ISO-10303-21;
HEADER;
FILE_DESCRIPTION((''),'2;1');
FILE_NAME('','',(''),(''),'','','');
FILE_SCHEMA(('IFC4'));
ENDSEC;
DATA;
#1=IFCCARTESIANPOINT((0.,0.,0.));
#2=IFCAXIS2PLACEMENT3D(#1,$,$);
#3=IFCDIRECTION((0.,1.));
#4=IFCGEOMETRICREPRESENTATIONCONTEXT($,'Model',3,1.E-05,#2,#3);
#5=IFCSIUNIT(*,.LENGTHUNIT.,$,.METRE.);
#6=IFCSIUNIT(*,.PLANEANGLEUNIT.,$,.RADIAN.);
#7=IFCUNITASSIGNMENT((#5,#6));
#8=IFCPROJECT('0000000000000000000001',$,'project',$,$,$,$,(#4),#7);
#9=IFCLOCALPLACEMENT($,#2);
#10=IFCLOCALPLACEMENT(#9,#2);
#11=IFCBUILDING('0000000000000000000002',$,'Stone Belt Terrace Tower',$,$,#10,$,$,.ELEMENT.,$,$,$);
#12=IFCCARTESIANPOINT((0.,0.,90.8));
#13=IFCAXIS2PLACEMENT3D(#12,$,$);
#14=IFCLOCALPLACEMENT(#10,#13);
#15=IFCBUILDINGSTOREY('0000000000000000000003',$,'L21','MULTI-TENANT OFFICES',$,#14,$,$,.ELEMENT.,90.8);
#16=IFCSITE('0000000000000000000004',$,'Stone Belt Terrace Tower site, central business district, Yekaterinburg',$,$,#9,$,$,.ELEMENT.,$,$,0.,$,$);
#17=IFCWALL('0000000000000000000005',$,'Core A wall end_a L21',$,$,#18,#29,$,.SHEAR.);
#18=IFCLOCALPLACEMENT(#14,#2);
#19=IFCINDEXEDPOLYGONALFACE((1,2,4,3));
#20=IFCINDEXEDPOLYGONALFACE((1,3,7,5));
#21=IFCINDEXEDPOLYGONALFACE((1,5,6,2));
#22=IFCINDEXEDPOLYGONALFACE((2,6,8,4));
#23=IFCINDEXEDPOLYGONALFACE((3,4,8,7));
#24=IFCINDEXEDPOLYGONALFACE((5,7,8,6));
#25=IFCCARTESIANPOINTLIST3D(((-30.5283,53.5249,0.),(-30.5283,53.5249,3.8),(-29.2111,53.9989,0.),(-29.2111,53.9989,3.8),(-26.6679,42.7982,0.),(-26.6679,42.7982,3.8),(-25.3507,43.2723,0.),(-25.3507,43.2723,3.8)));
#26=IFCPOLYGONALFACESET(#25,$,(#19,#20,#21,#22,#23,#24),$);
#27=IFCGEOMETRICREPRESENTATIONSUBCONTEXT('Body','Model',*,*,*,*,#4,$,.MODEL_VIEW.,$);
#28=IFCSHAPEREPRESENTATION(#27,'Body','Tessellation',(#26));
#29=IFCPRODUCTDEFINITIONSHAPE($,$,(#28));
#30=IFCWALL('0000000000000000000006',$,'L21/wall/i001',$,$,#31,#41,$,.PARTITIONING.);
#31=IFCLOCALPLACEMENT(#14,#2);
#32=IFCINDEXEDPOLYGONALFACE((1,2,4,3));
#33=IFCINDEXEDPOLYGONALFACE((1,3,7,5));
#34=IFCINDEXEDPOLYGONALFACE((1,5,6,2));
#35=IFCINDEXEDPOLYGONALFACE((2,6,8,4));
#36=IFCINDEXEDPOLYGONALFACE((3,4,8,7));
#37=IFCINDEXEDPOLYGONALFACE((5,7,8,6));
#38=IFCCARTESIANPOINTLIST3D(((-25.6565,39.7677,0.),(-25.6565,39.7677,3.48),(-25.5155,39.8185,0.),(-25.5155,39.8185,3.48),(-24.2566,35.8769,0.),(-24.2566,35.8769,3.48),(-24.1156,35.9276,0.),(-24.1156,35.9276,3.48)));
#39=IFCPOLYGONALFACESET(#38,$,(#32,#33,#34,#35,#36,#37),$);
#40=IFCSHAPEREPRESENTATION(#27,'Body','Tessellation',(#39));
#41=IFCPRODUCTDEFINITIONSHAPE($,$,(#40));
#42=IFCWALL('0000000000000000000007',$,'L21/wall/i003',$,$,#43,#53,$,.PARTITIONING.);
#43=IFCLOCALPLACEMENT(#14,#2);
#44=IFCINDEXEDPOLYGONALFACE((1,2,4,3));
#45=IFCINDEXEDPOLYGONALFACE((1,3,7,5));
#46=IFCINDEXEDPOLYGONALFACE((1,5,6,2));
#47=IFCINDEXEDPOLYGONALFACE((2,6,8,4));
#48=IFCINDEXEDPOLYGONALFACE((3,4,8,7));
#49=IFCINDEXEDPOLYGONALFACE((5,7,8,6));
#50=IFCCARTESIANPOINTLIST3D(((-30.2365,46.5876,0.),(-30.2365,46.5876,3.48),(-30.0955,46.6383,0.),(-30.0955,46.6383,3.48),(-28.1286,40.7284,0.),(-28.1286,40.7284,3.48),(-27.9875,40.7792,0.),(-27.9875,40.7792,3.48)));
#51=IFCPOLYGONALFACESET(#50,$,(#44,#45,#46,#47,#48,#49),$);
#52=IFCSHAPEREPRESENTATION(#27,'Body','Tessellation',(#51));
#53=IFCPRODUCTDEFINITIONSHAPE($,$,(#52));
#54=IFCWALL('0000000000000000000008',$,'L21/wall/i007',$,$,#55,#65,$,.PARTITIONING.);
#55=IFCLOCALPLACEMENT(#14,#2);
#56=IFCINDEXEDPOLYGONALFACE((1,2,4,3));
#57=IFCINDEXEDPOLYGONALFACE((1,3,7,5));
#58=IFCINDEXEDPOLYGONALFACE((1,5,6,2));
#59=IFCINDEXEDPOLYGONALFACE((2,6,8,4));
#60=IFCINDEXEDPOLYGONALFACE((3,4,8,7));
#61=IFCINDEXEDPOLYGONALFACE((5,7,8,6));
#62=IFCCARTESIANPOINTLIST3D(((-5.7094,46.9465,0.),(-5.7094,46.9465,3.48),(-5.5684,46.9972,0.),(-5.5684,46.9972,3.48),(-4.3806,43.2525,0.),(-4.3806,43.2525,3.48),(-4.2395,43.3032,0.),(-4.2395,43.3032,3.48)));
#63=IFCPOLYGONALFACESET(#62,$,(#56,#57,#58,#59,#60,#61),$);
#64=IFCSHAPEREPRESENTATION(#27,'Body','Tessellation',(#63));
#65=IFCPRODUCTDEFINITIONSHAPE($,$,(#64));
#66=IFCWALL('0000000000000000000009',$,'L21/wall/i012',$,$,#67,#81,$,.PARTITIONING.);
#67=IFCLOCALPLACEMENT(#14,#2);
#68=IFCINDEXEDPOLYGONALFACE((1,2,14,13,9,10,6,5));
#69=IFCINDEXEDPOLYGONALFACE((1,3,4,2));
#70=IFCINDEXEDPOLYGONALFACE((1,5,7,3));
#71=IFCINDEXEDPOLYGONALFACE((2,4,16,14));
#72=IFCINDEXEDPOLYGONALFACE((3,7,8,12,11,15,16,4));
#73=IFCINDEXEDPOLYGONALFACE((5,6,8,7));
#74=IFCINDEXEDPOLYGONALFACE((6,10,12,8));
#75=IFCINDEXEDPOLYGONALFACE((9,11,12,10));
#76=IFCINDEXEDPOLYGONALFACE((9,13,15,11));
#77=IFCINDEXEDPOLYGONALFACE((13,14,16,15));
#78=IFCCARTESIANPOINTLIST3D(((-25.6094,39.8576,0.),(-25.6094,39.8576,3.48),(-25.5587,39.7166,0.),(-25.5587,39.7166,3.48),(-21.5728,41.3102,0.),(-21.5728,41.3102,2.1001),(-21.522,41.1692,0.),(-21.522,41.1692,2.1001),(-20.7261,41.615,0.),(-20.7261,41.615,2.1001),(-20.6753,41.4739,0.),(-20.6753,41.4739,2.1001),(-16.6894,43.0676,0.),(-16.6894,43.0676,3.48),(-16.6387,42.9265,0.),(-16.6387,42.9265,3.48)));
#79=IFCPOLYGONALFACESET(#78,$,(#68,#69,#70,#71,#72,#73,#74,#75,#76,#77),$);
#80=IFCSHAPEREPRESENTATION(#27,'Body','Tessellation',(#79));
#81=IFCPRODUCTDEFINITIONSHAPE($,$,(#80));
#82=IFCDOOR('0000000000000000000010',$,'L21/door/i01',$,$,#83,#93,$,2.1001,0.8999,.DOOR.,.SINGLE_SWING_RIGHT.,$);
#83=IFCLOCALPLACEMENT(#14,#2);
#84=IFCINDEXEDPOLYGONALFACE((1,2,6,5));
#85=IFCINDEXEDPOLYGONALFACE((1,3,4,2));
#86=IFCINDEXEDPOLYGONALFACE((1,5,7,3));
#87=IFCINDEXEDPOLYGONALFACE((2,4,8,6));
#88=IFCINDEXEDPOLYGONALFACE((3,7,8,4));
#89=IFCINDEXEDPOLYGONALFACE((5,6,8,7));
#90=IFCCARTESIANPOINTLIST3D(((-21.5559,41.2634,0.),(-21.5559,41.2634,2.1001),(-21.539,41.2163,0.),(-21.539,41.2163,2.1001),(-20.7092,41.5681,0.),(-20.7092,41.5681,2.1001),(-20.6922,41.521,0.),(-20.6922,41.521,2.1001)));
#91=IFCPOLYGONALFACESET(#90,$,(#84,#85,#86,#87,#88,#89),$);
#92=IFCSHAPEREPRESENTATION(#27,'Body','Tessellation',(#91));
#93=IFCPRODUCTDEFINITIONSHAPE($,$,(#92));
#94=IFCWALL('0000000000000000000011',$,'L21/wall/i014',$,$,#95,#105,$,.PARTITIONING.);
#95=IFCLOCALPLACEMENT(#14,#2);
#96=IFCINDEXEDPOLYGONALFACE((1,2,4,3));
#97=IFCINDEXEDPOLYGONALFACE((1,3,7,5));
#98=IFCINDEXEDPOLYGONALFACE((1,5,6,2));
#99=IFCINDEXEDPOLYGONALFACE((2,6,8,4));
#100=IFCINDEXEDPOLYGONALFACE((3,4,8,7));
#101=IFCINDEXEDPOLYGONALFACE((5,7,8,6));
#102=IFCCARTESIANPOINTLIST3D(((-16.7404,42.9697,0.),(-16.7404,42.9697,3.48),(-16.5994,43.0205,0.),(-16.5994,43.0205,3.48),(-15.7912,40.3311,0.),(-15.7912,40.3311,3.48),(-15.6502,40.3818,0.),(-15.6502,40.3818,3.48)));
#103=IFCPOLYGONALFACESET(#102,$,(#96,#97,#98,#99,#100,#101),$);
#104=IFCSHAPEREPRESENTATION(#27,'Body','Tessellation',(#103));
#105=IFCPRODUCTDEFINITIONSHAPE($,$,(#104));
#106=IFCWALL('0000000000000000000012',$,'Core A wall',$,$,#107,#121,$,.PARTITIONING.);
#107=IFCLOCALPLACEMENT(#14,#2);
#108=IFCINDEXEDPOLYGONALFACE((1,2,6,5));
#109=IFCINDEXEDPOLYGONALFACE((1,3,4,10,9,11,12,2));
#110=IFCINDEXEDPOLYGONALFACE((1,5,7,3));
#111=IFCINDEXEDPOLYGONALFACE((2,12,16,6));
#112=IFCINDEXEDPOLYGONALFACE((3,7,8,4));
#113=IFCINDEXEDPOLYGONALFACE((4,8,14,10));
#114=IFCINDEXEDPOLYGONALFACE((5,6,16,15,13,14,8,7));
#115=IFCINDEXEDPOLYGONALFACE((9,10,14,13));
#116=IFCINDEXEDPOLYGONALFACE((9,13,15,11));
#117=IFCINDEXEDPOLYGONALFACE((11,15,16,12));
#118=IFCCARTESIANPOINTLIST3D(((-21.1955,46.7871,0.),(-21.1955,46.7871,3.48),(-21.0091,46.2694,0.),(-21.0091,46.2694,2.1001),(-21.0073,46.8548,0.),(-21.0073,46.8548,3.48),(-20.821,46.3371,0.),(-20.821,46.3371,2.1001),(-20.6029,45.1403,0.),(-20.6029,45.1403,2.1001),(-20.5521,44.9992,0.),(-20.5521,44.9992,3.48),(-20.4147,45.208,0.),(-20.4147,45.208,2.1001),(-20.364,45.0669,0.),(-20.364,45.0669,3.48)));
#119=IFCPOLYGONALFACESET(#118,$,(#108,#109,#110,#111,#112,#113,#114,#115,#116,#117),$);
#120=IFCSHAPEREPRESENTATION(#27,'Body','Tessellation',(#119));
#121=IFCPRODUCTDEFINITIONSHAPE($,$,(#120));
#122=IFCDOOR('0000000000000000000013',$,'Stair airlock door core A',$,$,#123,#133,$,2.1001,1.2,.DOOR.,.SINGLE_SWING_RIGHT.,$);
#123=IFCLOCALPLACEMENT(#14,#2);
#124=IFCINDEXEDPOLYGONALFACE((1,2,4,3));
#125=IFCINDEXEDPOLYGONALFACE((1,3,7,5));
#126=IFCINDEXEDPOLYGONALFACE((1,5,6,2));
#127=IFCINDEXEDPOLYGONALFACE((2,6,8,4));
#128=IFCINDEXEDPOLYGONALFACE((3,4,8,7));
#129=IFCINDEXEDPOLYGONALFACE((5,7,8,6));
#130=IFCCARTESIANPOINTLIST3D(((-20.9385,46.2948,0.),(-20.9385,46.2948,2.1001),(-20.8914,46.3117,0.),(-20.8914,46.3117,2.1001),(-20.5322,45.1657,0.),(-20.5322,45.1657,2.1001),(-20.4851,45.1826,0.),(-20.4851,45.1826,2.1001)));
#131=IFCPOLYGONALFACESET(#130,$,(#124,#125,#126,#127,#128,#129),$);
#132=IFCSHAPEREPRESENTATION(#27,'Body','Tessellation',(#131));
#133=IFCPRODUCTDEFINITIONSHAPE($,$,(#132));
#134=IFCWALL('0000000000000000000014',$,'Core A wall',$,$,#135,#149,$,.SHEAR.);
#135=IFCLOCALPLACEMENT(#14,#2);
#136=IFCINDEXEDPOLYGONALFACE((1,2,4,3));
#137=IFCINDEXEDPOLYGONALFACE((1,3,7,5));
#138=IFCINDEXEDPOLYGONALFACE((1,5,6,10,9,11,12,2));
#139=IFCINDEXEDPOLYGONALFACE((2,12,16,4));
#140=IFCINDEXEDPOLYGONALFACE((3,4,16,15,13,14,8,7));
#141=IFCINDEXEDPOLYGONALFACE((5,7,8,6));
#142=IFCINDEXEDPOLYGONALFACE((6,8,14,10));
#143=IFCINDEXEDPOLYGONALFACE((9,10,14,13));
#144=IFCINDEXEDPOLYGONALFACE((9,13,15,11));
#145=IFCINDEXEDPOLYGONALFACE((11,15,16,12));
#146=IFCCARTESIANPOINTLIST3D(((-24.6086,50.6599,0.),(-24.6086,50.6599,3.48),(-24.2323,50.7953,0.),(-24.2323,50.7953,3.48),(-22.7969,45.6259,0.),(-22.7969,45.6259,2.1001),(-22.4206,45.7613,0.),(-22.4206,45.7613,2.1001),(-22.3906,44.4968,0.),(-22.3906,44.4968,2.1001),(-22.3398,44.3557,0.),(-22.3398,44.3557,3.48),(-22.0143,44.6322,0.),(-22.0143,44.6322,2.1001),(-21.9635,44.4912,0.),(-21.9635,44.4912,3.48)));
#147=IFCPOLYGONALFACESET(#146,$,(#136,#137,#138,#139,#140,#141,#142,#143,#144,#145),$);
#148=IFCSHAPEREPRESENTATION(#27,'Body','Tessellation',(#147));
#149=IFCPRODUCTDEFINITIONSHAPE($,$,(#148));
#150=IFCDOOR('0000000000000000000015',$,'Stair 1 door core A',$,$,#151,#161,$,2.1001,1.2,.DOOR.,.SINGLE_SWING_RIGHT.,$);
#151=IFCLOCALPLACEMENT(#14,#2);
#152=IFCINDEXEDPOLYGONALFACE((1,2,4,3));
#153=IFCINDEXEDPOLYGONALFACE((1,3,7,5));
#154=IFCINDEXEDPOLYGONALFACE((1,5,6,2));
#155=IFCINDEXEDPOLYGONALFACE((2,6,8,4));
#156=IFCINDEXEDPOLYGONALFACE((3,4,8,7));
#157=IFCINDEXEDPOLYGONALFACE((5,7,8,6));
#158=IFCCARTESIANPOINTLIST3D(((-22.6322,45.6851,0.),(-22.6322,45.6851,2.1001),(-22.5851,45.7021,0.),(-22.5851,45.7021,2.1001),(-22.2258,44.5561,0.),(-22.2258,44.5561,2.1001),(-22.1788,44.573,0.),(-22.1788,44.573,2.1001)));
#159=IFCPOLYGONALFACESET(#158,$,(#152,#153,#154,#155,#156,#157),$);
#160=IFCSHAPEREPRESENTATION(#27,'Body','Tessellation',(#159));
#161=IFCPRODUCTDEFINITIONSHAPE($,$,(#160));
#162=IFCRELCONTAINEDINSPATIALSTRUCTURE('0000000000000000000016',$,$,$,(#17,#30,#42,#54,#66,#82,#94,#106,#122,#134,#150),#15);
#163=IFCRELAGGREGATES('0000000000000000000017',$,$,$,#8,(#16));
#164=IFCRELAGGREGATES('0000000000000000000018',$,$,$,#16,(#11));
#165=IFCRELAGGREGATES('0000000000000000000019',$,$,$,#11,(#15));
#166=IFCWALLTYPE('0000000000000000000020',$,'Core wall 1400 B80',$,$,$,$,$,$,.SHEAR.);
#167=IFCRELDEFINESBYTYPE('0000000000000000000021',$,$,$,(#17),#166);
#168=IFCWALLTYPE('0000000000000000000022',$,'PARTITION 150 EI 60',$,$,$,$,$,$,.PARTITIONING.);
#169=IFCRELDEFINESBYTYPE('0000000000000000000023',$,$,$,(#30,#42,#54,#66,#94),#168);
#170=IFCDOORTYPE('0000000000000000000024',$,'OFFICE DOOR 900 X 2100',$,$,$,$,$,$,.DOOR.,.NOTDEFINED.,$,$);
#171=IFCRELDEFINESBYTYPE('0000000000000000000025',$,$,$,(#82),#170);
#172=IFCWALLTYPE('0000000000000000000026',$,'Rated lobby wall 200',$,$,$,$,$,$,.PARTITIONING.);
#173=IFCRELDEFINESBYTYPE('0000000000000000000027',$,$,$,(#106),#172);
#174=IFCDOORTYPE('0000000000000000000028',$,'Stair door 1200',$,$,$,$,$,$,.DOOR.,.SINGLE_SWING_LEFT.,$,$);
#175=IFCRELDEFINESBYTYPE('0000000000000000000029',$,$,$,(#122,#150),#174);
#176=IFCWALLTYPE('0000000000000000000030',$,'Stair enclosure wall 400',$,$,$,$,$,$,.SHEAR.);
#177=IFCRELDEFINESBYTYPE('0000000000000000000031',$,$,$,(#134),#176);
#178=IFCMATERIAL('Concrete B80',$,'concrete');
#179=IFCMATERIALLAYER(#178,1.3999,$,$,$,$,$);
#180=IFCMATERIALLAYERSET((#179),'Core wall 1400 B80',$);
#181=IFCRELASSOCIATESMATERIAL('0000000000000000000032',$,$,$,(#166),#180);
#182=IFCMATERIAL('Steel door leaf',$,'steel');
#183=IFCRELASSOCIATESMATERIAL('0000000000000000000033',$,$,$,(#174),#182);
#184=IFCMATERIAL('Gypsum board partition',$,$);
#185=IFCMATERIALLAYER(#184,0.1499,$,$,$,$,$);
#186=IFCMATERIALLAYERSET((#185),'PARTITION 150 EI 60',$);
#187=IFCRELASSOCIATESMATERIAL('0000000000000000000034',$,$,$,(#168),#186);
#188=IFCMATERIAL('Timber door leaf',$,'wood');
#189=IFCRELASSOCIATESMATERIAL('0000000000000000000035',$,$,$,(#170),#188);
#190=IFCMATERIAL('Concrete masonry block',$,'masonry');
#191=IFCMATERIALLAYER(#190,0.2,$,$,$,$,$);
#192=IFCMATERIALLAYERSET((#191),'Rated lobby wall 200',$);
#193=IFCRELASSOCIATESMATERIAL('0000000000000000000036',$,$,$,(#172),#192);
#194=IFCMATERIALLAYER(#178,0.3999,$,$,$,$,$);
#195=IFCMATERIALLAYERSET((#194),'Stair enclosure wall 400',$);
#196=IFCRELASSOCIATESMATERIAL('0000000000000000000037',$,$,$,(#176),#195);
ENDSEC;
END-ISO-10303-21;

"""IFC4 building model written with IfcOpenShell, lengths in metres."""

from ifc_helpers import new_model, si_unit, direction, frame, frame_2d, origin, place, context, subcontext, project, spatial, rectangle, extrude, material, layer, layer_set, type_object, element, fill, save


model = new_model("IFC4")

# Units and contexts
model_context = context("Model", 3, precision=1e-05, world=origin(), true_north=direction((0.0, 1.0)))
body_context = subcontext(model_context, "Body", "Model", "MODEL_VIEW")
ifc_project = project(units=[si_unit("LENGTHUNIT", "METRE"), si_unit("PLANEANGLEUNIT", "RADIAN")], contexts=[model_context])

# Site, building, storey
site_placement = place(None, origin())
site = spatial("IfcSite", under=ifc_project, at=site_placement, Name="Stone Belt Terrace Tower site, central business district, Yekaterinburg", CompositionType="ELEMENT", RefElevation=0.0)
building_placement = place(site_placement, origin())
building = spatial("IfcBuilding", under=site, at=building_placement, Name="Stone Belt Terrace Tower", CompositionType="ELEMENT")
storey_placement = place(building_placement, frame((0.0, 0.0, 90.8)))
storey = spatial("IfcBuildingStorey", under=building, at=storey_placement, Name="L21", Description="MULTI-TENANT OFFICES", CompositionType="ELEMENT", Elevation=90.8)

# Shared definitions
ifc_material_1 = material(Name="Concrete B80", Category="concrete")

# Shared definitions
ifc_layer_1 = layer(ifc_material_1, 1.3999)
ifc_layer_set_1 = layer_set([ifc_layer_1], Name="Core wall 1400 B80")
wall_type_1 = type_object("IfcWallType", Name="Core wall 1400 B80", PredefinedType="SHEAR", material=ifc_layer_set_1)
ifc_material_2 = material(Name="Timber door leaf", Category="wood")
ifc_material_3 = material(Name="Steel door leaf", Category="steel")
door_type_1 = type_object("IfcDoorType", Name="Stair door 1200", OperationType="SINGLE_SWING_LEFT", PredefinedType="DOOR", material=ifc_material_3)

# Walls
wall_1_placement = place(storey_placement, frame((-26.0093, 43.0352, 0.0), z_axis=(0.0, 0.0, 1.0), x_axis=(-0.338625, 0.940921, 0.0)))
element("IfcWall", 1, at=wall_1_placement, inside=storey, type_object=wall_type_1, Name="Core A wall end_a L21", PredefinedType="SHEAR", context=body_context, shape_type="SweptSolid", body=[
    extrude(rectangle(XDim=11.4001, YDim=1.3999, at=frame_2d((5.7002, 0.0))), origin(), (0.0, 0.0, 1.0), 3.8),
])
ifc_material_4 = material(Name="Gypsum board partition")
ifc_layer_2 = layer(ifc_material_4, 0.1499)
ifc_layer_set_2 = layer_set([ifc_layer_2], Name="PARTITION 150 EI 60")
wall_type_2 = type_object("IfcWallType", Name="PARTITION 150 EI 60", PredefinedType="PARTITIONING", material=ifc_layer_set_2)
wall_2_placement = place(storey_placement, frame((-25.5859, 39.793, 0.0), z_axis=(0.0, 0.0, 1.0), x_axis=(0.338546, -0.94095, 0.0)))
element("IfcWall", 2, at=wall_2_placement, inside=storey, type_object=wall_type_2, Name="L21/wall/i001", PredefinedType="PARTITIONING", context=body_context, shape_type="SweptSolid", body=[
    extrude(rectangle(XDim=4.135, YDim=0.1499, at=frame_2d((2.0674, 0.0))), origin(), (0.0, 0.0, 1.0), 3.48),
])
wall_3_placement = place(storey_placement, frame((-28.0581, 40.7539, 0.0), z_axis=(0.0, 0.0, 1.0), x_axis=(-0.338524, 0.940958, 0.0)))
element("IfcWall", 3, at=wall_3_placement, inside=storey, type_object=wall_type_2, Name="L21/wall/i003", PredefinedType="PARTITIONING", context=body_context, shape_type="SweptSolid", body=[
    extrude(rectangle(XDim=6.2268, YDim=0.1499, at=frame_2d((3.1133, 0.0))), origin(), (0.0, 0.0, 1.0), 3.48),
])
wall_4_placement = place(storey_placement, frame((-4.3101, 43.2778, 0.0), z_axis=(0.0, 0.0, 1.0), x_axis=(-0.33849, 0.94097, 0.0)))
element("IfcWall", 4, at=wall_4_placement, inside=storey, type_object=wall_type_2, Name="L21/wall/i007", PredefinedType="PARTITIONING", context=body_context, shape_type="SweptSolid", body=[
    extrude(rectangle(XDim=3.9258, YDim=0.1499, at=frame_2d((1.9629, 0.0))), origin(), (0.0, 0.0, 1.0), 3.48),
])

# Wall, opening, door
wall_5_placement = place(storey_placement, frame((-16.6641, 42.9971, 0.0), z_axis=(0.0, 0.0, 1.0), x_axis=(-0.940928, -0.338606, 0.0)))
wall_5 = element("IfcWall", 5, at=wall_5_placement, inside=storey, type_object=wall_type_2, Name="L21/wall/i012", PredefinedType="PARTITIONING", context=body_context, shape_type="SweptSolid", body=[
    extrude(rectangle(XDim=9.48, YDim=0.1499, at=frame_2d((4.74, 0.0))), origin(), (0.0, 0.0, 1.0), 3.48),
])
opening_1_placement = place(wall_5_placement, frame((4.29, 0.0, 0.0)))
opening_1 = element("IfcOpeningElement", 6, at=opening_1_placement, cuts=wall_5, PredefinedType="OPENING", context=body_context, shape_type="SweptSolid", body=[
    extrude(rectangle(XDim=0.8999, YDim=2.1001, at=frame_2d((0.45, 1.05))), frame((0.0, 0.085, 0.0), z_axis=(0.0, -1.0, 0.0), x_axis=(1.0, 0.0, 0.0)), (0.0, 0.0, 1.0), 0.1699),
])
door_type_2 = type_object("IfcDoorType", Name="OFFICE DOOR 900 X 2100", OperationType="NOTDEFINED", PredefinedType="DOOR", material=ifc_material_2)
door_1_placement = place(opening_1_placement, origin())
door_1 = element("IfcDoor", 7, at=door_1_placement, inside=storey, type_object=door_type_2, Name="L21/door/i01", OperationType="SINGLE_SWING_RIGHT", OverallHeight=2.1001, OverallWidth=0.8999, PredefinedType="DOOR", context=body_context, shape_type="SweptSolid", body=[
    extrude(rectangle(XDim=0.8999, YDim=2.1001, at=frame_2d((0.45, 1.05))), frame((0.0, 0.0249, 0.0), z_axis=(0.0, -1.0, 0.0), x_axis=(1.0, 0.0, 0.0)), (0.0, 0.0, 1.0), 0.05),
])
fill(opening_1, door_1)

# Wall
wall_6_placement = place(storey_placement, frame((-16.6699, 42.9951, 0.0), z_axis=(0.0, 0.0, 1.0), x_axis=(0.338497, -0.940967, 0.0)))
element("IfcWall", 8, at=wall_6_placement, inside=storey, type_object=wall_type_2, Name="L21/wall/i014", PredefinedType="PARTITIONING", context=body_context, shape_type="SweptSolid", body=[
    extrude(rectangle(XDim=2.8042, YDim=0.1499, at=frame_2d((1.4021, 0.0))), origin(), (0.0, 0.0, 1.0), 3.48),
])

# Walls, openings, doors
ifc_material_5 = material(Name="Concrete masonry block", Category="masonry")
ifc_layer_3 = layer(ifc_material_5, 0.2)
ifc_layer_set_3 = layer_set([ifc_layer_3], Name="Rated lobby wall 200")
wall_type_3 = type_object("IfcWallType", Name="Rated lobby wall 200", PredefinedType="PARTITIONING", material=ifc_layer_set_3)
wall_7_placement = place(storey_placement, frame((-20.458, 45.033, 0.0), z_axis=(0.0, 0.0, 1.0), x_axis=(-0.338574, 0.94094, 0.0)))
wall_7 = element("IfcWall", 9, at=wall_7_placement, inside=storey, type_object=wall_type_3, Name="Core A wall", PredefinedType="PARTITIONING", context=body_context, shape_type="SweptSolid", body=[
    extrude(rectangle(XDim=1.9001, YDim=0.2, at=frame_2d((0.9502, 0.0))), origin(), (0.0, 0.0, 1.0), 3.48),
])
opening_2_placement = place(wall_7_placement, frame((0.1499, 0.0, 0.0)))
opening_2 = element("IfcOpeningElement", 10, at=opening_2_placement, cuts=wall_7, PredefinedType="OPENING", context=body_context, shape_type="SweptSolid", body=[
    extrude(rectangle(XDim=1.2, YDim=2.1001, at=frame_2d((0.6001, 1.05))), frame((0.0, 0.1099, 0.0), z_axis=(0.0, -1.0, 0.0), x_axis=(1.0, 0.0, 0.0)), (0.0, 0.0, 1.0), 0.22),
])
door_2_placement = place(opening_2_placement, origin())
door_2 = element("IfcDoor", 11, at=door_2_placement, inside=storey, type_object=door_type_1, Name="Stair airlock door core A", OperationType="SINGLE_SWING_RIGHT", OverallHeight=2.1001, OverallWidth=1.2, PredefinedType="DOOR", context=body_context, shape_type="SweptSolid", body=[
    extrude(rectangle(XDim=1.2, YDim=2.1001, at=frame_2d((0.6001, 1.05))), frame((0.0, 0.0249, 0.0), z_axis=(0.0, -1.0, 0.0), x_axis=(1.0, 0.0, 0.0)), (0.0, 0.0, 1.0), 0.05),
])
fill(opening_2, door_2)
ifc_layer_4 = layer(ifc_material_1, 0.3999)
ifc_layer_set_4 = layer_set([ifc_layer_4], Name="Stair enclosure wall 400")
wall_type_4 = type_object("IfcWallType", Name="Stair enclosure wall 400", PredefinedType="SHEAR", material=ifc_layer_set_4)
wall_8_placement = place(storey_placement, frame((-22.1516, 44.4233, 0.0), z_axis=(0.0, 0.0, 1.0), x_axis=(-0.338625, 0.940921, 0.0)))
wall_8 = element("IfcWall", 12, at=wall_8_placement, inside=storey, type_object=wall_type_4, Name="Core A wall", PredefinedType="SHEAR", context=body_context, shape_type="SweptSolid", body=[
    extrude(rectangle(XDim=6.7, YDim=0.3999, at=frame_2d((3.3501, 0.0))), origin(), (0.0, 0.0, 1.0), 3.48),
])
opening_3_placement = place(wall_8_placement, frame((0.1499, 0.0, 0.0)))
opening_3 = element("IfcOpeningElement", 13, at=opening_3_placement, cuts=wall_8, PredefinedType="OPENING", context=body_context, shape_type="SweptSolid", body=[
    extrude(rectangle(XDim=1.2, YDim=2.1001, at=frame_2d((0.6001, 1.05))), frame((0.0, 0.21, 0.0), z_axis=(0.0, -1.0, 0.0), x_axis=(1.0, 0.0, 0.0)), (0.0, 0.0, 1.0), 0.4199),
])
door_3_placement = place(opening_3_placement, origin())
door_3 = element("IfcDoor", 14, at=door_3_placement, inside=storey, type_object=door_type_1, Name="Stair 1 door core A", OperationType="SINGLE_SWING_RIGHT", OverallHeight=2.1001, OverallWidth=1.2, PredefinedType="DOOR", context=body_context, shape_type="SweptSolid", body=[
    extrude(rectangle(XDim=1.2, YDim=2.1001, at=frame_2d((0.6001, 1.05))), frame((0.0, 0.0249, 0.0), z_axis=(0.0, -1.0, 0.0), x_axis=(1.0, 0.0, 0.0)), (0.0, 0.0, 1.0), 0.05),
])
fill(opening_3, door_3)

save(model, "model.ifc")
